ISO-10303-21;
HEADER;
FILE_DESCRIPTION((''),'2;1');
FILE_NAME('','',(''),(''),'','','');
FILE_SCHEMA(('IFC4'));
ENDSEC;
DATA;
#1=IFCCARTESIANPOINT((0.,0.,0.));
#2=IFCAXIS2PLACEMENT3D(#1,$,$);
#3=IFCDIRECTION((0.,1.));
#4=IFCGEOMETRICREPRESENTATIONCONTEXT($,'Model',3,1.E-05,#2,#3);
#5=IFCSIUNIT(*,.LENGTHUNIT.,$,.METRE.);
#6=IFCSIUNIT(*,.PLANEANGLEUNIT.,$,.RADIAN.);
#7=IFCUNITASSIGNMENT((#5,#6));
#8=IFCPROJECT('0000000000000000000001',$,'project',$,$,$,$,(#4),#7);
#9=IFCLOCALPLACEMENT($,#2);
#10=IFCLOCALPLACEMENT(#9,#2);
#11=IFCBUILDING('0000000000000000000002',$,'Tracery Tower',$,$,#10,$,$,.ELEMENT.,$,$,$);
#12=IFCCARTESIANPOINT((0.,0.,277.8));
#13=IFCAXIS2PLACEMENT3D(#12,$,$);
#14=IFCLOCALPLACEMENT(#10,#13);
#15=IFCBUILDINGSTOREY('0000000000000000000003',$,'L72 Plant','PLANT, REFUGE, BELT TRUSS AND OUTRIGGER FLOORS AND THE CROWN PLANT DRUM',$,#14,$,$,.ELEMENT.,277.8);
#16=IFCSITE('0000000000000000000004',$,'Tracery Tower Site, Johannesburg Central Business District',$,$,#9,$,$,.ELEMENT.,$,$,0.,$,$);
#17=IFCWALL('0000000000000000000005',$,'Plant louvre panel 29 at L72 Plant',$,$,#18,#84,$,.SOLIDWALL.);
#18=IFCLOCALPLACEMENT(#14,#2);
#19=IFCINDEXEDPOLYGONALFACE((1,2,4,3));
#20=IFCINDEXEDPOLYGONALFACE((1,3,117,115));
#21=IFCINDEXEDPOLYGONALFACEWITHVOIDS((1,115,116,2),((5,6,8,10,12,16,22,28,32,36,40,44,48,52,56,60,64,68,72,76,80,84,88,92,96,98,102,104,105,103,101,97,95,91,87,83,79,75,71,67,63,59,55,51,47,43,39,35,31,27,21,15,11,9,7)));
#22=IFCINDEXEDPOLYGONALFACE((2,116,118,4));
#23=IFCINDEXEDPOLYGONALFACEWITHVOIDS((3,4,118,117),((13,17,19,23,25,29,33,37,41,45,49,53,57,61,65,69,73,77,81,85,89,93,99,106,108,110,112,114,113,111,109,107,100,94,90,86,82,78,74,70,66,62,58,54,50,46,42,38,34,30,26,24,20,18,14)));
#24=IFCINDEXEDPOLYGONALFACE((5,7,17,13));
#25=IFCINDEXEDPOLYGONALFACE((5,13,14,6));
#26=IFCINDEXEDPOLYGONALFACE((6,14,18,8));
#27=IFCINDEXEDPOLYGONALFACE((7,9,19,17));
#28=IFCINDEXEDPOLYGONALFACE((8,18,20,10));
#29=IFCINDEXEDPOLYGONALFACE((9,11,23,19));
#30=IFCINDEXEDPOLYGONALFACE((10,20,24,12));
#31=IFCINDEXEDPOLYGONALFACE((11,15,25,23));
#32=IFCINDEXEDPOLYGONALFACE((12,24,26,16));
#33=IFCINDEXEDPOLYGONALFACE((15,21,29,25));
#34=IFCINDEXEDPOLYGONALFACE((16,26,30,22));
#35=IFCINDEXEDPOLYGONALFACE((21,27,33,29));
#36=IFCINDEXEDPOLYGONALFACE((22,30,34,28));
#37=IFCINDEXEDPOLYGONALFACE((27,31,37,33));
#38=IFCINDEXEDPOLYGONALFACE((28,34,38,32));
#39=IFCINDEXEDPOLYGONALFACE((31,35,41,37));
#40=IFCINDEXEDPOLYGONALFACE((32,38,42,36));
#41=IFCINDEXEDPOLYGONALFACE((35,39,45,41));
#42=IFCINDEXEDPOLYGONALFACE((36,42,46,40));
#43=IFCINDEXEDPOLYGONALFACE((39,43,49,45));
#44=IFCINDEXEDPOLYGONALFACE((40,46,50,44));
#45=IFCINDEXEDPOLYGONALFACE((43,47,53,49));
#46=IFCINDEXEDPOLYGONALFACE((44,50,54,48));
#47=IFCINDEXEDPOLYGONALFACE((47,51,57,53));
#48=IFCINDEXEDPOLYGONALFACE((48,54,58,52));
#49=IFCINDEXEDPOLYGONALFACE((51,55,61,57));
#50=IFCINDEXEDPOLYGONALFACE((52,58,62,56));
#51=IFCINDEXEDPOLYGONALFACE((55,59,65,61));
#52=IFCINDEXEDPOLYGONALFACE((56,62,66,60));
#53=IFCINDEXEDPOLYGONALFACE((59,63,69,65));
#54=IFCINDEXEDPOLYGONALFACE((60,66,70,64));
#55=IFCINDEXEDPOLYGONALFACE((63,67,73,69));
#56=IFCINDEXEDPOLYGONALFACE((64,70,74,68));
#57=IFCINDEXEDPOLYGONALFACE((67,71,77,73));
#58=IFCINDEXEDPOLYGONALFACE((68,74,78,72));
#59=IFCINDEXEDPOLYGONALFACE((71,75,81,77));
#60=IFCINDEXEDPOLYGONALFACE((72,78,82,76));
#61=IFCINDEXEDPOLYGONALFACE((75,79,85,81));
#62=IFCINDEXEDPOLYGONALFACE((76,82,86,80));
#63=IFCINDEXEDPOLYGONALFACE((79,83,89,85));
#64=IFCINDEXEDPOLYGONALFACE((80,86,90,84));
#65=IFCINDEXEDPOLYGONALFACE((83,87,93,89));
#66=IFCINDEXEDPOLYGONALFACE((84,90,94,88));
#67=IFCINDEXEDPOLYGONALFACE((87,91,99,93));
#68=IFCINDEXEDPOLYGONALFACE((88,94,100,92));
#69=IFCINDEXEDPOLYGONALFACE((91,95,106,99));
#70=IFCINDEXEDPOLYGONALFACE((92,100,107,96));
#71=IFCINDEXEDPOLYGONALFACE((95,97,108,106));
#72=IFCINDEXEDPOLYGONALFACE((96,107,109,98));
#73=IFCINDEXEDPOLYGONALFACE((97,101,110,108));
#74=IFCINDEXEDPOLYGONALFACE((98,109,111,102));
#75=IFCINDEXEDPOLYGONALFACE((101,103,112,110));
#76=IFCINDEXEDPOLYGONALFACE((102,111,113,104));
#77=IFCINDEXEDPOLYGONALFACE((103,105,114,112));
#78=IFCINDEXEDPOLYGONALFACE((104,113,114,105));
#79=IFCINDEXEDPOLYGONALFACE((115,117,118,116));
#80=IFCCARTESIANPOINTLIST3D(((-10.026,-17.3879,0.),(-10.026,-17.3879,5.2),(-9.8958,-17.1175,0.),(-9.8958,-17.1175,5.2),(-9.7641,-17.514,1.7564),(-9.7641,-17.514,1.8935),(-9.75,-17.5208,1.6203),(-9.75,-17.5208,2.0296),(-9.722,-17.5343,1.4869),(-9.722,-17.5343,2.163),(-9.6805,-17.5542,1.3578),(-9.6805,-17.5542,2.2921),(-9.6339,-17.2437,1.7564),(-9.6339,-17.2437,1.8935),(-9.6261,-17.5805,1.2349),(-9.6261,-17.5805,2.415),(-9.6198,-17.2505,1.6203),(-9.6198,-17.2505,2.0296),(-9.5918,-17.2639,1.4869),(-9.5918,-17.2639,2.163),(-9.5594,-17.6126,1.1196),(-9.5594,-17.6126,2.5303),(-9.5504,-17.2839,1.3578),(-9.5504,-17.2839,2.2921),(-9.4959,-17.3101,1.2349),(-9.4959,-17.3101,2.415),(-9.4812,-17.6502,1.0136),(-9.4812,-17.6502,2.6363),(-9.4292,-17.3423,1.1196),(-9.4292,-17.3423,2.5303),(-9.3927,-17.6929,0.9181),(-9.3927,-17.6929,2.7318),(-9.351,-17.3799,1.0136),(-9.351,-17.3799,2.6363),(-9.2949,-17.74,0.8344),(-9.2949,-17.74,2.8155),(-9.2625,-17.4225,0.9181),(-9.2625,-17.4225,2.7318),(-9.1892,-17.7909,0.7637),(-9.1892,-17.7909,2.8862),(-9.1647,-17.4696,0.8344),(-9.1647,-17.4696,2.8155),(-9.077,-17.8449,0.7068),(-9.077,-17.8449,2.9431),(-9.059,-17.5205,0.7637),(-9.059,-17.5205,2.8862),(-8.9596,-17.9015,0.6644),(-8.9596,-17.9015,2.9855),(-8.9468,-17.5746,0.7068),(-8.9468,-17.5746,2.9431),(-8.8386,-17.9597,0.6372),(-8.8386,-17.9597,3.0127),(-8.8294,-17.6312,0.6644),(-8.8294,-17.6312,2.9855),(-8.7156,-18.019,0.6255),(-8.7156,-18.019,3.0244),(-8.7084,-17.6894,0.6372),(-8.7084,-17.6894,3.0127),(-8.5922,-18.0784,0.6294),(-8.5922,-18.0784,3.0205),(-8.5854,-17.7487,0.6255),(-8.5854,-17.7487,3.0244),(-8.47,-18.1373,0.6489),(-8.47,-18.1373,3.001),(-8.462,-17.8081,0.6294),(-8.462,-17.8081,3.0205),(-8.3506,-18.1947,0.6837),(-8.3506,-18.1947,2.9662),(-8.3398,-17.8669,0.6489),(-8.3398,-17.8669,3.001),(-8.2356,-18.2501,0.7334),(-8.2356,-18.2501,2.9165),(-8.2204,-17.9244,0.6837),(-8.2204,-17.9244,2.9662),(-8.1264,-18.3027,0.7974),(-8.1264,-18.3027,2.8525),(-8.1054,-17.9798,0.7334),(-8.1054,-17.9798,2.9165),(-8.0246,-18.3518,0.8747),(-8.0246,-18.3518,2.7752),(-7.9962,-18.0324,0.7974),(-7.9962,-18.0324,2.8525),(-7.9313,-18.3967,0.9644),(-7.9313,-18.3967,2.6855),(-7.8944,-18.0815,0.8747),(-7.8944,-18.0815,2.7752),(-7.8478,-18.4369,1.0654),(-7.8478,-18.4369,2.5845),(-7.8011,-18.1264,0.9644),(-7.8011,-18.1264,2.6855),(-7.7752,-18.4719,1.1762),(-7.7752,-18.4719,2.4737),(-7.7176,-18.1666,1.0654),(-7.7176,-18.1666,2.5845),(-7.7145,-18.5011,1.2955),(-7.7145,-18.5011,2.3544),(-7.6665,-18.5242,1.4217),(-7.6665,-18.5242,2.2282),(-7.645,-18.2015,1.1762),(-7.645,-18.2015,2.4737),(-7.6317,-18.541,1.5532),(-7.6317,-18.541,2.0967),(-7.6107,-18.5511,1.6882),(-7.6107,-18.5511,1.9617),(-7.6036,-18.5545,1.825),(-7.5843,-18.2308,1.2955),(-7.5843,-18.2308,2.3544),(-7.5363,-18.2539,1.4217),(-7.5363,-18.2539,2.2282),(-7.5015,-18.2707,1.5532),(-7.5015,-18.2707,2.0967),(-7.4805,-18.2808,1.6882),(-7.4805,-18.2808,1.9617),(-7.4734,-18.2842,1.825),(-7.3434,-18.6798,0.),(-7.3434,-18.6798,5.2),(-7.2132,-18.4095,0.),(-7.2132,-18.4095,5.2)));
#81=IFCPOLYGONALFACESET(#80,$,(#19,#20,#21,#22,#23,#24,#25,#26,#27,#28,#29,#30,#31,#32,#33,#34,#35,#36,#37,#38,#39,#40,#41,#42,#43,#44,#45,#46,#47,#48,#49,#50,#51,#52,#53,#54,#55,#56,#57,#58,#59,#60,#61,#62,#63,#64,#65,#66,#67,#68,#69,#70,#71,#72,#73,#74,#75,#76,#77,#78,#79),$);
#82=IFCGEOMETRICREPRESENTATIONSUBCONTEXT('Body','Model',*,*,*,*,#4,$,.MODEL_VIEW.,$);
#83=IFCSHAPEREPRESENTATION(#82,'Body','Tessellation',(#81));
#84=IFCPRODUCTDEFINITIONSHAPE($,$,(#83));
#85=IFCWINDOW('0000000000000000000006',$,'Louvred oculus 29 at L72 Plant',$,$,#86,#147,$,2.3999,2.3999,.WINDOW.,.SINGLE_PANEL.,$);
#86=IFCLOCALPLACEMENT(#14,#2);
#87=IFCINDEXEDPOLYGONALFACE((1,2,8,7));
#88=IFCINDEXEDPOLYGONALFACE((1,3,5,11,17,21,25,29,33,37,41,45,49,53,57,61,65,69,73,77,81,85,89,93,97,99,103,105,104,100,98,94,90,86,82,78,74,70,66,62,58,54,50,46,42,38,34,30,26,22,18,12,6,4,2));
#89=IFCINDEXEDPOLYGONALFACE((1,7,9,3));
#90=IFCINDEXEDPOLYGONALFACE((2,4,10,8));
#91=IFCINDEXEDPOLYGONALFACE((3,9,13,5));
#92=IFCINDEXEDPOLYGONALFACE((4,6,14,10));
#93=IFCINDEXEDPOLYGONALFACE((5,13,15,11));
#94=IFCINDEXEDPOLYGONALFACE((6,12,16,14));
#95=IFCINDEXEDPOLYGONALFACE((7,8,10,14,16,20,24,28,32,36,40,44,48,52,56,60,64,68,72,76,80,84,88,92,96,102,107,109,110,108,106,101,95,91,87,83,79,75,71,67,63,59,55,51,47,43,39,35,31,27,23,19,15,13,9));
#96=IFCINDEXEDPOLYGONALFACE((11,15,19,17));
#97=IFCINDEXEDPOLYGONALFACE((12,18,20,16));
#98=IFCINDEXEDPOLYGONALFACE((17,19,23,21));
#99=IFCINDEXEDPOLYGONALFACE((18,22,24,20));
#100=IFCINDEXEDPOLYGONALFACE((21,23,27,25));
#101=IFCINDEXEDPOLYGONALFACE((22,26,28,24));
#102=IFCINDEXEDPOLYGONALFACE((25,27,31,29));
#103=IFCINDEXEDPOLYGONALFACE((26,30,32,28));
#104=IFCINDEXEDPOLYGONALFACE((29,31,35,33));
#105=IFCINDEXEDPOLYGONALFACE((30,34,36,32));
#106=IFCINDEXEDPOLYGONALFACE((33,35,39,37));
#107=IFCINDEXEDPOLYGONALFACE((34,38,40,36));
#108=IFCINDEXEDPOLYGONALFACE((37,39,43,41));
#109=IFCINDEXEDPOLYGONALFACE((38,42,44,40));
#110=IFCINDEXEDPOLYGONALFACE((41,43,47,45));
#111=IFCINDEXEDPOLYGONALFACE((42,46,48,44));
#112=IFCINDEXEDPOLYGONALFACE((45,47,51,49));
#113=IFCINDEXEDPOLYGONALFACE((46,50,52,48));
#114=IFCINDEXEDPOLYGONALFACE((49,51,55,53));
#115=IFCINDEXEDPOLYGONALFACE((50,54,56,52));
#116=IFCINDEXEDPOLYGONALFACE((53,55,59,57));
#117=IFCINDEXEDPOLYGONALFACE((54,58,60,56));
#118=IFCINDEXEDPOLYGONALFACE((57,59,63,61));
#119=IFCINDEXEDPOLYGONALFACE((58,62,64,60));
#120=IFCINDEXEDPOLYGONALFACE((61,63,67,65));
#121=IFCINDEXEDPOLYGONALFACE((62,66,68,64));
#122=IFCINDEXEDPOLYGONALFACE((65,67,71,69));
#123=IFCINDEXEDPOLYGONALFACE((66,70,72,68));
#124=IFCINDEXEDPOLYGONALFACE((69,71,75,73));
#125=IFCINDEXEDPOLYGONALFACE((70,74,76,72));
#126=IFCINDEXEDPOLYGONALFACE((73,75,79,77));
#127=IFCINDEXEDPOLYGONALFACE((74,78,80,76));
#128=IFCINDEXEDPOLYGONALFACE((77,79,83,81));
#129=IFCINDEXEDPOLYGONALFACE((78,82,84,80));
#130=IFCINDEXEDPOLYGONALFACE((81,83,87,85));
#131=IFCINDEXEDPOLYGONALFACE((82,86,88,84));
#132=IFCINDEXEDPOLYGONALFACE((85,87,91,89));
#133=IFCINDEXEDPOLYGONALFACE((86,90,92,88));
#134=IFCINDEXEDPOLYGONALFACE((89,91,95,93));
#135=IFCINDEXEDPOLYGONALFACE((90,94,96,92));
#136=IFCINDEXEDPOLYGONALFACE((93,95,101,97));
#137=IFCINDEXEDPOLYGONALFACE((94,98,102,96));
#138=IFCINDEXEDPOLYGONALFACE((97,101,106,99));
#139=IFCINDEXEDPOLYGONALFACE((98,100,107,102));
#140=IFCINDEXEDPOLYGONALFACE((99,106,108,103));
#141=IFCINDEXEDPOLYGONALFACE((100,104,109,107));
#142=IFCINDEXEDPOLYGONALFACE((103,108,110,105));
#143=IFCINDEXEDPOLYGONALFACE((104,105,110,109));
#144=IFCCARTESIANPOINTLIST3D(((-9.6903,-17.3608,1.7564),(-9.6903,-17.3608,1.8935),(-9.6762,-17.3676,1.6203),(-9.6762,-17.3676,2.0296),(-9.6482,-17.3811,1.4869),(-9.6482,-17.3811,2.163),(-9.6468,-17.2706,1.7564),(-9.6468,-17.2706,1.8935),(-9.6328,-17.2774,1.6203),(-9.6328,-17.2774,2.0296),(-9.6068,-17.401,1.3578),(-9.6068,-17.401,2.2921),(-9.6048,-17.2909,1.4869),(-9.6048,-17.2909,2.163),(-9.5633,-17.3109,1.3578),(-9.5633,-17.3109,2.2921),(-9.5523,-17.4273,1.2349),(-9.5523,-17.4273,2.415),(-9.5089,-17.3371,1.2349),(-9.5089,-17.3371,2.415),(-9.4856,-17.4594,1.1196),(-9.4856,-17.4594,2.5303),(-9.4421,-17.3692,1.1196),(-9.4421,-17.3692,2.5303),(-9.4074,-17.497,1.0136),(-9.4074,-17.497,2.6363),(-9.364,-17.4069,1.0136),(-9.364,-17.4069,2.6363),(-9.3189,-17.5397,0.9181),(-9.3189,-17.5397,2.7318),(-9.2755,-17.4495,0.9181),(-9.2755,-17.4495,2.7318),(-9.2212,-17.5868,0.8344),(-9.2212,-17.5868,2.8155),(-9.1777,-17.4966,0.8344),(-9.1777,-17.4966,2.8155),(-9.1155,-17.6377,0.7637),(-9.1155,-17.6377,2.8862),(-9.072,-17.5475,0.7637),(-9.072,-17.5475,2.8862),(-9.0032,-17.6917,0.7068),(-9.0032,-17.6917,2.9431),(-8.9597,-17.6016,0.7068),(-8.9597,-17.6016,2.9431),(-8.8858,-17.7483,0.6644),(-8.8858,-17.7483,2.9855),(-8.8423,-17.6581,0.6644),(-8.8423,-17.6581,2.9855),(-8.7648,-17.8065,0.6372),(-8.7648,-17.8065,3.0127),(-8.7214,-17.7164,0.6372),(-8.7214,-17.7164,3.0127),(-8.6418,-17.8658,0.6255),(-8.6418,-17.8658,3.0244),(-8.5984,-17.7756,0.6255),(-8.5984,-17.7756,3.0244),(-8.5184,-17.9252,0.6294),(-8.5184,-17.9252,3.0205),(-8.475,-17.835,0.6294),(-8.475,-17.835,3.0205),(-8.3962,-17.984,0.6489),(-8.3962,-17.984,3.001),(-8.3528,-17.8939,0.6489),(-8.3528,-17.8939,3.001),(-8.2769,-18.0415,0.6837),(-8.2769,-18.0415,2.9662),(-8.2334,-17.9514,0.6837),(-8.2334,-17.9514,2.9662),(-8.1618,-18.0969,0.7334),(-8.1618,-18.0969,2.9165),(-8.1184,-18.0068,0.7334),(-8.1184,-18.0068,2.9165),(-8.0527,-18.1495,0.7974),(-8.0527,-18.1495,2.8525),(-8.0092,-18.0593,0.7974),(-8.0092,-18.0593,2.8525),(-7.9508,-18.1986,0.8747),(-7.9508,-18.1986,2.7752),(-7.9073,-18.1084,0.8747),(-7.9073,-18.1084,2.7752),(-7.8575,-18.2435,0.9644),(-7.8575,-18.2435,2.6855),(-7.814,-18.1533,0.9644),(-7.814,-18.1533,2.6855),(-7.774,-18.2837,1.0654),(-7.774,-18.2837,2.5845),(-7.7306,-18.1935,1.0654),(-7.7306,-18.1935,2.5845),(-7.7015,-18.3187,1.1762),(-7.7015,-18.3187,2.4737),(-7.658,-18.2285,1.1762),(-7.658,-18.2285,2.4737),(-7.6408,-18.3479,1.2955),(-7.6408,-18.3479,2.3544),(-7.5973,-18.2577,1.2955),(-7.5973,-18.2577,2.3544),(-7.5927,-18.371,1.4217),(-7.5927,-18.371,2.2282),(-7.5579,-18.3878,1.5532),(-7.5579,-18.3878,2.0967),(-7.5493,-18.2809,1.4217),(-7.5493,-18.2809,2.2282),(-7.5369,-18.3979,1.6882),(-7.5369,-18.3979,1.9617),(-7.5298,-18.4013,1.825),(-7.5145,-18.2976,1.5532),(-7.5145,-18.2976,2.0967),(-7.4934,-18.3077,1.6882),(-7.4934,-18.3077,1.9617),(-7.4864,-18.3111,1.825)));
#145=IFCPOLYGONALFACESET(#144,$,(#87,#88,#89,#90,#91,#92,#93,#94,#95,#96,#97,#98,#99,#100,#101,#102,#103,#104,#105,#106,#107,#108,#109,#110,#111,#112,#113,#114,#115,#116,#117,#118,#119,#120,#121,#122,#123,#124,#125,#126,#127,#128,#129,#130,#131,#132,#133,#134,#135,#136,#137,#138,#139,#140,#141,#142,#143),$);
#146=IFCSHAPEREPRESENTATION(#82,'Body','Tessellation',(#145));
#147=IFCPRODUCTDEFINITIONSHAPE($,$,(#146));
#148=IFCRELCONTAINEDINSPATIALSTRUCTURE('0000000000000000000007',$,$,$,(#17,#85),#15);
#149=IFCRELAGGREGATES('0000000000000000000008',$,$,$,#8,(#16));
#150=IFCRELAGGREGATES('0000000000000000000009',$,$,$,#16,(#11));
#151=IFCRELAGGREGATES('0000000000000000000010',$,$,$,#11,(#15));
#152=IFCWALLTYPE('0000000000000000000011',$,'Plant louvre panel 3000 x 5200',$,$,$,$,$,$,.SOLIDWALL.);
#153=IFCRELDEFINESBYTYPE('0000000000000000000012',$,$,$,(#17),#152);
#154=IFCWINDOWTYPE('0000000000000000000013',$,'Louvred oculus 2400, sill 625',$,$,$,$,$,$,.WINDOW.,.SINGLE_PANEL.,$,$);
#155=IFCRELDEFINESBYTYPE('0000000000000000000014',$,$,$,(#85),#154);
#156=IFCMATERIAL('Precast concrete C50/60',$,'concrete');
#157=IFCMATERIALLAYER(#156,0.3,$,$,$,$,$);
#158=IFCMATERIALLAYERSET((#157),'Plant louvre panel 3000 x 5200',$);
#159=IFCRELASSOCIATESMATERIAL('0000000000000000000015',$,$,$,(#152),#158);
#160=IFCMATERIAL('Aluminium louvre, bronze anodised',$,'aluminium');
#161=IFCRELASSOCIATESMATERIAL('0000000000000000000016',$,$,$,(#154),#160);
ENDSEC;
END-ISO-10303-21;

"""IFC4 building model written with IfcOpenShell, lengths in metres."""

from ifc_helpers import new_model, si_unit, direction, frame, frame_2d, origin, origin_2d, place, context, subcontext, project, spatial, rectangle, circle, extrude, material, layer, layer_set, type_object, element, fill, save


model = new_model("IFC4")

# Units and contexts
model_context = context("Model", 3, precision=1e-05, world=origin(), true_north=direction((0.0, 1.0)))
body_context = subcontext(model_context, "Body", "Model", "MODEL_VIEW")
ifc_project = project(units=[si_unit("LENGTHUNIT", "METRE"), si_unit("PLANEANGLEUNIT", "RADIAN")], contexts=[model_context])

# Site, building, storey
site_placement = place(None, origin())
site = spatial("IfcSite", under=ifc_project, at=site_placement, Name="Tracery Tower Site, Johannesburg Central Business District", CompositionType="ELEMENT", RefElevation=0.0)
building_placement = place(site_placement, origin())
building = spatial("IfcBuilding", under=site, at=building_placement, Name="Tracery Tower", CompositionType="ELEMENT")
storey_placement = place(building_placement, frame((0.0, 0.0, 277.8)))
storey = spatial("IfcBuildingStorey", under=building, at=storey_placement, Name="L72 Plant", Description="PLANT, REFUGE, BELT TRUSS AND OUTRIGGER FLOORS AND THE CROWN PLANT DRUM", CompositionType="ELEMENT", Elevation=277.8)

# Wall, opening, window
ifc_material_1 = material(Name="Precast concrete C50/60", Category="concrete")
ifc_layer_1 = layer(ifc_material_1, 0.3)
ifc_layer_set_1 = layer_set([ifc_layer_1], Name="Plant louvre panel 3000 x 5200")
wall_type_1 = type_object("IfcWallType", Name="Plant louvre panel 3000 x 5200", PredefinedType="SOLIDWALL", material=ifc_layer_set_1)
wall_1_placement = place(storey_placement, frame((-9.9609, -17.2527, 0.0), z_axis=(0.0, 0.0, 1.0), x_axis=(0.900954, -0.433914, 0.0)))
wall_1 = element("IfcWall", 1, at=wall_1_placement, inside=storey, type_object=wall_type_1, Name="Plant louvre panel 29 at L72 Plant", PredefinedType="SOLIDWALL", context=body_context, shape_type="SweptSolid", body=[
    extrude(rectangle(XDim=2.9775, YDim=0.3, at=frame_2d((1.4888, 0.0))), origin(), (0.0, 0.0, 1.0), 5.2),
])
opening_1_placement = place(wall_1_placement, frame((1.4888, 0.0, 1.825)))
opening_1 = element("IfcOpeningElement", 2, at=opening_1_placement, cuts=wall_1, PredefinedType="OPENING", context=body_context, shape_type="SweptSolid", body=[
    extrude(circle(Radius=1.2, at=origin_2d()), frame((0.0, 0.1599, 0.0), z_axis=(0.0, -1.0, 0.0), x_axis=(1.0, 0.0, 0.0)), (0.0, 0.0, 1.0), 0.3201),
])
ifc_material_2 = material(Name="Aluminium louvre, bronze anodised", Category="aluminium")
window_type = type_object("IfcWindowType", Name="Louvred oculus 2400, sill 625", PartitioningType="SINGLE_PANEL", PredefinedType="WINDOW", material=ifc_material_2)
window_1_placement = place(opening_1_placement, origin())
window_1 = element("IfcWindow", 3, at=window_1_placement, inside=storey, type_object=window_type, Name="Louvred oculus 29 at L72 Plant", OverallHeight=2.3999, OverallWidth=2.3999, PartitioningType="SINGLE_PANEL", PredefinedType="WINDOW", context=body_context, shape_type="SweptSolid", body=[
    extrude(circle(Radius=1.2, at=origin_2d()), frame((0.0, 0.1201, 0.0), z_axis=(0.0, -1.0, 0.0), x_axis=(1.0, 0.0, 0.0)), (0.0, 0.0, 1.0), 0.1001),
])
fill(opening_1, window_1)

save(model, "model.ifc")
